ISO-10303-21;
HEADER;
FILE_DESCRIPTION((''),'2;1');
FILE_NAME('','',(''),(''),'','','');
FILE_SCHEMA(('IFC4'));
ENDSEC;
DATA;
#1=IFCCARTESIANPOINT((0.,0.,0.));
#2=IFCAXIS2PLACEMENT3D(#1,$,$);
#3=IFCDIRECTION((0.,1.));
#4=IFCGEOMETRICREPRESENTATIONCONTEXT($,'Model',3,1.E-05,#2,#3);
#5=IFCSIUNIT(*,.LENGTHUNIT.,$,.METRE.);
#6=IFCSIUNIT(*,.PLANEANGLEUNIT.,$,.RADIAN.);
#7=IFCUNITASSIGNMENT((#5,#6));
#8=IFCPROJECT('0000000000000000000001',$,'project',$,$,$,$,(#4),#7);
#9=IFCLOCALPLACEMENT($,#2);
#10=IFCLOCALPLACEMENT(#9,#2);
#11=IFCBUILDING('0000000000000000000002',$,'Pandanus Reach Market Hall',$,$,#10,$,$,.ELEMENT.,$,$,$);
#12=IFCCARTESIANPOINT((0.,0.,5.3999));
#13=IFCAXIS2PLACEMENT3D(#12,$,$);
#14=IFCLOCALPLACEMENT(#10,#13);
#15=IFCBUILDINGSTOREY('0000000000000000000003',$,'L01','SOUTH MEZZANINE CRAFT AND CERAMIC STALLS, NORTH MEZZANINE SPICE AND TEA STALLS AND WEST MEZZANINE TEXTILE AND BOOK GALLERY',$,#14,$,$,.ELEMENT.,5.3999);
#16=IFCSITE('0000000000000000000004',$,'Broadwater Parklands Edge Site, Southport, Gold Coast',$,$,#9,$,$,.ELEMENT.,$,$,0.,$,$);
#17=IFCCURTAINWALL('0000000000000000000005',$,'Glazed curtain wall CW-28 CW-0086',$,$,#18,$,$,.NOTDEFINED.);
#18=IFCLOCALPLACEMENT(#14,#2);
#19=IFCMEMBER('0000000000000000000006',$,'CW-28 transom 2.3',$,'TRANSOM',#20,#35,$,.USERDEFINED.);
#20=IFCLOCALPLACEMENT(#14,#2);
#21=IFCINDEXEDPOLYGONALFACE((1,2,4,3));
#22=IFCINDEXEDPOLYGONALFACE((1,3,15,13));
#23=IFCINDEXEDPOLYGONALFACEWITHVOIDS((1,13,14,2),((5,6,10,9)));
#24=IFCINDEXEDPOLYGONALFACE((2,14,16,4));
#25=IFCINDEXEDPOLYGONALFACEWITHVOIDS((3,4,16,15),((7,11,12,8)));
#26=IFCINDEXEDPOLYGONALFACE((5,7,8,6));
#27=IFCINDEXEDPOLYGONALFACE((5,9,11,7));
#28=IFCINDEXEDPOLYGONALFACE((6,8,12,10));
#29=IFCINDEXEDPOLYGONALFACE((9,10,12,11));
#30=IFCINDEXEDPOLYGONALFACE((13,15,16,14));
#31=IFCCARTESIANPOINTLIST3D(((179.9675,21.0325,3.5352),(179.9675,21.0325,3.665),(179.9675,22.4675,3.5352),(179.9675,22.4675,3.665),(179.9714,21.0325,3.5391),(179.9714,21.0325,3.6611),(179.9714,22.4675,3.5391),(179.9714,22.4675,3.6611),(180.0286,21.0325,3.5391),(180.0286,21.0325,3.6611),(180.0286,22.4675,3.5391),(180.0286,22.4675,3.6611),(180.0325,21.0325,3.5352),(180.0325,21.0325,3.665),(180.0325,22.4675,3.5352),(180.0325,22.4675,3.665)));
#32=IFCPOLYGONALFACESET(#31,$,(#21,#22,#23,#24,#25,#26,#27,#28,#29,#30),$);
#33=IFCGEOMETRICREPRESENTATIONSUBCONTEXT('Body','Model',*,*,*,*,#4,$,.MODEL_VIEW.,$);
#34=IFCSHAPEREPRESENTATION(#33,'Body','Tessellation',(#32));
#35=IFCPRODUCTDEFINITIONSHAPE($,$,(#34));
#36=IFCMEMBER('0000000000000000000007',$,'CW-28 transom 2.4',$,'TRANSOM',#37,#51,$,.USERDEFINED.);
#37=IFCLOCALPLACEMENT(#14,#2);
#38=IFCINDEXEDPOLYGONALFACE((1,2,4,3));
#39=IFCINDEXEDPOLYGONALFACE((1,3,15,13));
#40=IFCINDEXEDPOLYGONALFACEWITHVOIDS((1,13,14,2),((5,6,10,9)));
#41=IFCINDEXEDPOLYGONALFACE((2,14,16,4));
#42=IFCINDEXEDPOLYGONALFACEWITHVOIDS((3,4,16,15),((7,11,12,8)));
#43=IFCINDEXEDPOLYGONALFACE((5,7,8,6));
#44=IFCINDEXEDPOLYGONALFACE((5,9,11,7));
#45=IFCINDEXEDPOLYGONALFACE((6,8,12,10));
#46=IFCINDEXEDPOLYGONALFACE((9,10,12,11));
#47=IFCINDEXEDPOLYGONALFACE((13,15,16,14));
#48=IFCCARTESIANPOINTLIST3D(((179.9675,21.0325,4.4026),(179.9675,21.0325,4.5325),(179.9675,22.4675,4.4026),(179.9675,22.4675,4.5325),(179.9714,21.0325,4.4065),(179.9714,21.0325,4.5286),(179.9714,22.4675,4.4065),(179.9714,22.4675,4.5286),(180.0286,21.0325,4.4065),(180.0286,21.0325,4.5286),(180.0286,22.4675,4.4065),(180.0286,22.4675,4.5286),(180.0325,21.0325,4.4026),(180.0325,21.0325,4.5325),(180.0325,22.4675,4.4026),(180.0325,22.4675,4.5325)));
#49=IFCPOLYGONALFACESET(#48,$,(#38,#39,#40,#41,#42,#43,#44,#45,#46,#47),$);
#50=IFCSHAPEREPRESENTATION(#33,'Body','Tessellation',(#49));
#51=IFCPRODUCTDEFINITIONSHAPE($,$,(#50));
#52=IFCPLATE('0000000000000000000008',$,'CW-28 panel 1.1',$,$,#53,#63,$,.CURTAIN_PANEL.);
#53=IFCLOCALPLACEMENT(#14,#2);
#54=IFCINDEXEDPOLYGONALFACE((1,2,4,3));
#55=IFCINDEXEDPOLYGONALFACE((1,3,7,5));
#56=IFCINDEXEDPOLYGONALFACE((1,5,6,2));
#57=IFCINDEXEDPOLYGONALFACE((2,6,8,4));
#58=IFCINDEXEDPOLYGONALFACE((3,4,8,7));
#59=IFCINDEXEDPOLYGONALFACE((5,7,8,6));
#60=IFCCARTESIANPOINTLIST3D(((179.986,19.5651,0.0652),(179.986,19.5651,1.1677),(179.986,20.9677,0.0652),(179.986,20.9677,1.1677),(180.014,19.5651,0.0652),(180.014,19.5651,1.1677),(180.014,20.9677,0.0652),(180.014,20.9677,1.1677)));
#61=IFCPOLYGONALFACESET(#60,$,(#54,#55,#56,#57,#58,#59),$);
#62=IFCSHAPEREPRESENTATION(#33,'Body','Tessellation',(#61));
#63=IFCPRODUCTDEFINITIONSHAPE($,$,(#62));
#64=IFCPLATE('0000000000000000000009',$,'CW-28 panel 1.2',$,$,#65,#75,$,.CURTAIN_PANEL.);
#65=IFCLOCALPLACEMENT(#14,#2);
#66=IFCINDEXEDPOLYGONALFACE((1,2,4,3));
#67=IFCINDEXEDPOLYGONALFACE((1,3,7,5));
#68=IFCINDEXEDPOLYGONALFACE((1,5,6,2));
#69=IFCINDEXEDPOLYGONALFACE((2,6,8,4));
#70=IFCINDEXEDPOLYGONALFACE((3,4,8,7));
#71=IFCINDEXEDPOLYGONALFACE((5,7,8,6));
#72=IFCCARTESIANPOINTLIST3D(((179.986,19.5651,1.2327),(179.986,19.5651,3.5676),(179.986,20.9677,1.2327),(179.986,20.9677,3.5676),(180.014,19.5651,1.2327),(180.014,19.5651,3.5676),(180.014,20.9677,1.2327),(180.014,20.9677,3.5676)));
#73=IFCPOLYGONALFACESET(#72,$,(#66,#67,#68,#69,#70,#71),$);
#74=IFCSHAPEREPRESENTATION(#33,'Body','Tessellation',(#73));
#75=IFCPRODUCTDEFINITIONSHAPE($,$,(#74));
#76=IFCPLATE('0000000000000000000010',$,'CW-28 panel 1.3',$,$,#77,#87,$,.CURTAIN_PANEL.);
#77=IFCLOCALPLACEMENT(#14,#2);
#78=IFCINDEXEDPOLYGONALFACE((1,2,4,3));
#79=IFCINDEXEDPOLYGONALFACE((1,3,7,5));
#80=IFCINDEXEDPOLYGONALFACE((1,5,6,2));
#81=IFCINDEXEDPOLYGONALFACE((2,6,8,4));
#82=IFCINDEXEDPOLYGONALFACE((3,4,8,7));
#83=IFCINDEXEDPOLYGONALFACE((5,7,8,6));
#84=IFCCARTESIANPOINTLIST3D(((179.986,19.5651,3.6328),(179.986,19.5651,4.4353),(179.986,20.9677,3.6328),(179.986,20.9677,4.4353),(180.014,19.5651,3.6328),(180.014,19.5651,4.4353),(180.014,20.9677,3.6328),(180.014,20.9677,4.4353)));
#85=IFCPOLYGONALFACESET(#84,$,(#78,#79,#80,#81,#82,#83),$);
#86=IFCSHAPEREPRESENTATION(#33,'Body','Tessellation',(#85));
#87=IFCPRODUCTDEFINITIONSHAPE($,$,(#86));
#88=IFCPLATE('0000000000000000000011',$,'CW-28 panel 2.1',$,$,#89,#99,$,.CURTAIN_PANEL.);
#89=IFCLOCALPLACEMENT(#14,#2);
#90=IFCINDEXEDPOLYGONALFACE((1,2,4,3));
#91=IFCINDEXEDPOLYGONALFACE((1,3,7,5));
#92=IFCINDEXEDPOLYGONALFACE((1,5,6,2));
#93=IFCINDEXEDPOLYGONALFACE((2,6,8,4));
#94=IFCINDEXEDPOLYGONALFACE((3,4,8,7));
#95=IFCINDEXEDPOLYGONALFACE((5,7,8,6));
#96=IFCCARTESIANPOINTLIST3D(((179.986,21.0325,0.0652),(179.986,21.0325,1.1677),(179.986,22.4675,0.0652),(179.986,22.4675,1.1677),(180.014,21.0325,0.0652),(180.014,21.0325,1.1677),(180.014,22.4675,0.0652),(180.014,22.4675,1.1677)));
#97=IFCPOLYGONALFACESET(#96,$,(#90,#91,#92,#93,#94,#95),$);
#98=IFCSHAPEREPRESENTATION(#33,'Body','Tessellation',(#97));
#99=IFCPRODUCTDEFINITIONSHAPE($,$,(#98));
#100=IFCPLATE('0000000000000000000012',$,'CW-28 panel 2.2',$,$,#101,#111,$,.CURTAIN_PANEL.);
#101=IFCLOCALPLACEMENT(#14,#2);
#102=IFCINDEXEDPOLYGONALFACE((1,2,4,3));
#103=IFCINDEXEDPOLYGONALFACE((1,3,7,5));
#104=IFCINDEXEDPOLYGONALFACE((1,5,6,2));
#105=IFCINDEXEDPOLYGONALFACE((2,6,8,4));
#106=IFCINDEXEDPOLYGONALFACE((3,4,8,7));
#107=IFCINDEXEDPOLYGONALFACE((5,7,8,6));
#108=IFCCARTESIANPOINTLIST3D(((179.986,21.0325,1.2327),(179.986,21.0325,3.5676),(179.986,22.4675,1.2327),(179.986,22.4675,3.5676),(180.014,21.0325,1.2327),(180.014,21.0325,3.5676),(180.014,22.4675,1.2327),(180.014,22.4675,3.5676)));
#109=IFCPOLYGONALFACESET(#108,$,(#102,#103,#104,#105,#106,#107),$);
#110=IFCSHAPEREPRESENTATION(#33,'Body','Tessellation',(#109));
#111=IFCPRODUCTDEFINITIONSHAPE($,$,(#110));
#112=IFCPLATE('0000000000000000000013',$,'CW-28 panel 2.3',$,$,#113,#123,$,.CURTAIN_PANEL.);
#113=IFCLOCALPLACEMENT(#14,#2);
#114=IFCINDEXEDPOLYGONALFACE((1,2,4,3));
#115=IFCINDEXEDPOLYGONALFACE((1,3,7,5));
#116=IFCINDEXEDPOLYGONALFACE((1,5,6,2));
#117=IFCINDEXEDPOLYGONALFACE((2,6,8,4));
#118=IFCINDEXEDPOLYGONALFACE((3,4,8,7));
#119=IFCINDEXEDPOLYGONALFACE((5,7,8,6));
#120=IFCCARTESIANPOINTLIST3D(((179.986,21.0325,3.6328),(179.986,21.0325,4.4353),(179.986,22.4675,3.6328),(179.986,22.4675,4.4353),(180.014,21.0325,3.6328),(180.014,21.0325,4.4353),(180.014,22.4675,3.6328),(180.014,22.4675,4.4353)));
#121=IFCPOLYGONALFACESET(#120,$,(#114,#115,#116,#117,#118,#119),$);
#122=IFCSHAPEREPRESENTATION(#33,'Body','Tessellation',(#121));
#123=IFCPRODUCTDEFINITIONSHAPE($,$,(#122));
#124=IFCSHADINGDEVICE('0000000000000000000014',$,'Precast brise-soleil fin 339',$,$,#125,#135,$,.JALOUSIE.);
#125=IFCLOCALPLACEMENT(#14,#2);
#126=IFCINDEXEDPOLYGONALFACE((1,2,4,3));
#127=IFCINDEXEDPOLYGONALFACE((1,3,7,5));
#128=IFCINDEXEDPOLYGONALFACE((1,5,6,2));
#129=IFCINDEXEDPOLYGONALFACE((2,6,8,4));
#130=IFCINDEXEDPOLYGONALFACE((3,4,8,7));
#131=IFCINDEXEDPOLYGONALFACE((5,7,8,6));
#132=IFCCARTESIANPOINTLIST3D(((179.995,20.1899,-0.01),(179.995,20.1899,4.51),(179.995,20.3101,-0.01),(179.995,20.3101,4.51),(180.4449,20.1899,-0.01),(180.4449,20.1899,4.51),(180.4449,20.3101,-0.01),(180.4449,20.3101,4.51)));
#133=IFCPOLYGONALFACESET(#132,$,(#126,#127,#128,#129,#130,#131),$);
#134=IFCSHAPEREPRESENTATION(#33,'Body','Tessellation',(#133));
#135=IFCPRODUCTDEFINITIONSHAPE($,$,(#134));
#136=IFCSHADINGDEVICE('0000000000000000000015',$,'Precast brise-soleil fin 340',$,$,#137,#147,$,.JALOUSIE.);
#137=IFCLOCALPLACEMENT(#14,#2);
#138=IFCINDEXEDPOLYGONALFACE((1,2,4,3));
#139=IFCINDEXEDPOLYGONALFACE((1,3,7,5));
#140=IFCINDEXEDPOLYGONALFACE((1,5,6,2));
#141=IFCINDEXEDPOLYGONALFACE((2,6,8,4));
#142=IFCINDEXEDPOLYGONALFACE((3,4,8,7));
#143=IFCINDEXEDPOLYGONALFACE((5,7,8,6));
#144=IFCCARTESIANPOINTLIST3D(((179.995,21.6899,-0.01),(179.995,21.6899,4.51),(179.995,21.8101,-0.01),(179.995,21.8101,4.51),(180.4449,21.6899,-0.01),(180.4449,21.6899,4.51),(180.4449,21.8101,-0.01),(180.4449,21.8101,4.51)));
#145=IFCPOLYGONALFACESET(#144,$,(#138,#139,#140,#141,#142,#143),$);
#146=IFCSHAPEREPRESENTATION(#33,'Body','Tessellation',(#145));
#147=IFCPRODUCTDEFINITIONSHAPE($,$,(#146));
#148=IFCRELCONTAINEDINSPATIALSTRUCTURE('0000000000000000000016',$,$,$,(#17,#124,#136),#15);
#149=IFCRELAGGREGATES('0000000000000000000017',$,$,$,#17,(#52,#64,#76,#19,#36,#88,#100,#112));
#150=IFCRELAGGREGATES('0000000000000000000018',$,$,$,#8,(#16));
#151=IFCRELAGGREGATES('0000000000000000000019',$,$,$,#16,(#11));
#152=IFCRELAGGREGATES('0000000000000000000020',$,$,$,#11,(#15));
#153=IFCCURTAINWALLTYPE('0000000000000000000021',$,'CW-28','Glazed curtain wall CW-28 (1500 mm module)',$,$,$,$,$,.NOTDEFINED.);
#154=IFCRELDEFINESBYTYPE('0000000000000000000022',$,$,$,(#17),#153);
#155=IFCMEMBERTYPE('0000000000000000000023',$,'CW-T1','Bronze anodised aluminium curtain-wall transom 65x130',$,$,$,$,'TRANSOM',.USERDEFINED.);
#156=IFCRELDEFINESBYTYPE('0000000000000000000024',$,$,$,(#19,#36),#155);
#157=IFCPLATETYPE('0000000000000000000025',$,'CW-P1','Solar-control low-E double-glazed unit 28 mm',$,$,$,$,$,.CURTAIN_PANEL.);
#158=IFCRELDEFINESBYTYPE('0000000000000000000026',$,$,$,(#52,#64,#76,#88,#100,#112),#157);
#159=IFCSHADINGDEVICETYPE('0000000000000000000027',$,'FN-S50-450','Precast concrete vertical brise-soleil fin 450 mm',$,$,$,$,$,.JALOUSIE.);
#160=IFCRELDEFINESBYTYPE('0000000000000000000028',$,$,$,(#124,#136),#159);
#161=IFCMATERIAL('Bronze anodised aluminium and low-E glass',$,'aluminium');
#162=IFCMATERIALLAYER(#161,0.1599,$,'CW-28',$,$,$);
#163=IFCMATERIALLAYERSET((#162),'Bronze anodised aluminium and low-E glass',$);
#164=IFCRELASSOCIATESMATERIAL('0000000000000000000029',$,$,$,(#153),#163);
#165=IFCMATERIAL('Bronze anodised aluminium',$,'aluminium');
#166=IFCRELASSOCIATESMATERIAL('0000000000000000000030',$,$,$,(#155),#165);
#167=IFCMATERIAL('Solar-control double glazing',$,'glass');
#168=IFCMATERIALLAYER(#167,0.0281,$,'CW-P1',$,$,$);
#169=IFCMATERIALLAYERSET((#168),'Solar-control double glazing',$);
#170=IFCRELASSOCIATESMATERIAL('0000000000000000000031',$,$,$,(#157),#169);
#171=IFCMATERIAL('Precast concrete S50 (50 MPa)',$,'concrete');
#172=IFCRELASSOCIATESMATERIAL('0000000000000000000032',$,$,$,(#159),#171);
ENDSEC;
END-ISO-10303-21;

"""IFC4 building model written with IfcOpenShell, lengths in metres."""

from ifc_helpers import new_model, si_unit, direction, frame, origin, origin_2d, place, context, subcontext, project, spatial, rectangle, hollow_rectangle, extrude, material, layer, layer_set, material_profile, profile_set, type_object, element, aggregate, save


model = new_model("IFC4")

# Units and contexts
model_context = context("Model", 3, precision=1e-05, world=origin(), true_north=direction((0.0, 1.0)))
body_context = subcontext(model_context, "Body", "Model", "MODEL_VIEW")
ifc_project = project(units=[si_unit("LENGTHUNIT", "METRE"), si_unit("PLANEANGLEUNIT", "RADIAN")], contexts=[model_context])

# Site, building, storey
site_placement = place(None, origin())
site = spatial("IfcSite", under=ifc_project, at=site_placement, Name="Broadwater Parklands Edge Site, Southport, Gold Coast", CompositionType="ELEMENT", RefElevation=0.0)
building_placement = place(site_placement, origin())
building = spatial("IfcBuilding", under=site, at=building_placement, Name="Pandanus Reach Market Hall", CompositionType="ELEMENT")
storey_placement = place(building_placement, frame((0.0, 0.0, 5.3999)))
storey = spatial("IfcBuildingStorey", under=building, at=storey_placement, Name="L01", Description="SOUTH MEZZANINE CRAFT AND CERAMIC STALLS, NORTH MEZZANINE SPICE AND TEA STALLS AND WEST MEZZANINE TEXTILE AND BOOK GALLERY", CompositionType="ELEMENT", Elevation=5.3999)

# Shared definitions
ifc_material_1 = material(Name="Bronze anodised aluminium and low-E glass", Category="aluminium")
ifc_layer_1 = layer(ifc_material_1, 0.1599, Name="CW-28")
ifc_layer_set_1 = layer_set([ifc_layer_1], Name="Bronze anodised aluminium and low-E glass")
curtain_wall_type = type_object("IfcCurtainWallType", Name="CW-28", Description="Glazed curtain wall CW-28 (1500 mm module)", PredefinedType="NOTDEFINED", material=ifc_layer_set_1)
ifc_material_2 = material(Name="Bronze anodised aluminium", Category="aluminium")

# Curtain wall, members, plates
curtain_wall_1_placement = place(storey_placement, origin())
curtain_wall_1 = element("IfcCurtainWall", 1, at=curtain_wall_1_placement, inside=storey, type_object=curtain_wall_type, Name="Glazed curtain wall CW-28 CW-0086", PredefinedType="NOTDEFINED")
ifc_material_profile_1 = material_profile(ifc_material_2, hollow_rectangle(XDim=0.0649, YDim=0.1299, WallThickness=0.0039, at=origin_2d()), Name="ALU65x130", Category="LoadBearing")
ifc_profile_set_1 = profile_set([ifc_material_profile_1], Name="Bronze anodised aluminium")
member_type_1 = type_object("IfcMemberType", Name="CW-T1", Description="Bronze anodised aluminium curtain-wall transom 65x130", ElementType="TRANSOM", PredefinedType="USERDEFINED", material=ifc_profile_set_1)
member_1_placement = place(storey_placement, frame((180.0, 21.0325, 3.6001), z_axis=(0.0, 1.0, 0.0), x_axis=(-1.0, 0.0, 0.0)))
member_1 = element("IfcMember", 2, at=member_1_placement, type_object=member_type_1, Name="CW-28 transom 2.3", ObjectType="TRANSOM", PredefinedType="USERDEFINED", context=body_context, shape_type="SweptSolid", body=[
    extrude(hollow_rectangle(XDim=0.0649, YDim=0.1299, WallThickness=0.0039, at=origin_2d()), origin(), (0.0, 0.0, 1.0), 1.4351),
])
member_2_placement = place(storey_placement, frame((180.0, 21.0325, 4.4675), z_axis=(0.0, 1.0, 0.0), x_axis=(-1.0, 0.0, 0.0)))
member_2 = element("IfcMember", 3, at=member_2_placement, type_object=member_type_1, Name="CW-28 transom 2.4", ObjectType="TRANSOM", PredefinedType="USERDEFINED", context=body_context, shape_type="SweptSolid", body=[
    extrude(hollow_rectangle(XDim=0.0649, YDim=0.1299, WallThickness=0.0039, at=origin_2d()), origin(), (0.0, 0.0, 1.0), 1.4351),
])
ifc_material_3 = material(Name="Solar-control double glazing", Category="glass")
ifc_layer_2 = layer(ifc_material_3, 0.0281, Name="CW-P1")
ifc_layer_set_2 = layer_set([ifc_layer_2], Name="Solar-control double glazing")
plate_type = type_object("IfcPlateType", Name="CW-P1", Description="Solar-control low-E double-glazed unit 28 mm", PredefinedType="CURTAIN_PANEL", material=ifc_layer_set_2)
plate_1_placement = place(storey_placement, frame((180.0, 20.2664, 0.0652), z_axis=(0.0, 0.0, 1.0), x_axis=(0.0, 1.0, 0.0)))
plate_1 = element("IfcPlate", 4, at=plate_1_placement, type_object=plate_type, Name="CW-28 panel 1.1", PredefinedType="CURTAIN_PANEL", context=body_context, shape_type="SweptSolid", body=[
    extrude(rectangle(XDim=1.4026, YDim=0.0281, at=origin_2d()), origin(), (0.0, 0.0, 1.0), 1.1025),
])
plate_2_placement = place(storey_placement, frame((180.0, 20.2664, 1.2327), z_axis=(0.0, 0.0, 1.0), x_axis=(0.0, 1.0, 0.0)))
plate_2 = element("IfcPlate", 5, at=plate_2_placement, type_object=plate_type, Name="CW-28 panel 1.2", PredefinedType="CURTAIN_PANEL", context=body_context, shape_type="SweptSolid", body=[
    extrude(rectangle(XDim=1.4026, YDim=0.0281, at=origin_2d()), origin(), (0.0, 0.0, 1.0), 2.335),
])
plate_3_placement = place(storey_placement, frame((180.0, 20.2664, 3.6328), z_axis=(0.0, 0.0, 1.0), x_axis=(0.0, 1.0, 0.0)))
plate_3 = element("IfcPlate", 6, at=plate_3_placement, type_object=plate_type, Name="CW-28 panel 1.3", PredefinedType="CURTAIN_PANEL", context=body_context, shape_type="SweptSolid", body=[
    extrude(rectangle(XDim=1.4026, YDim=0.0281, at=origin_2d()), origin(), (0.0, 0.0, 1.0), 0.8025),
])
plate_4_placement = place(storey_placement, frame((180.0, 21.75, 0.0652), z_axis=(0.0, 0.0, 1.0), x_axis=(0.0, 1.0, 0.0)))
plate_4 = element("IfcPlate", 7, at=plate_4_placement, type_object=plate_type, Name="CW-28 panel 2.1", PredefinedType="CURTAIN_PANEL", context=body_context, shape_type="SweptSolid", body=[
    extrude(rectangle(XDim=1.4351, YDim=0.0281, at=origin_2d()), origin(), (0.0, 0.0, 1.0), 1.1025),
])
plate_5_placement = place(storey_placement, frame((180.0, 21.75, 1.2327), z_axis=(0.0, 0.0, 1.0), x_axis=(0.0, 1.0, 0.0)))
plate_5 = element("IfcPlate", 8, at=plate_5_placement, type_object=plate_type, Name="CW-28 panel 2.2", PredefinedType="CURTAIN_PANEL", context=body_context, shape_type="SweptSolid", body=[
    extrude(rectangle(XDim=1.4351, YDim=0.0281, at=origin_2d()), origin(), (0.0, 0.0, 1.0), 2.335),
])
plate_6_placement = place(storey_placement, frame((180.0, 21.75, 3.6328), z_axis=(0.0, 0.0, 1.0), x_axis=(0.0, 1.0, 0.0)))
plate_6 = element("IfcPlate", 9, at=plate_6_placement, type_object=plate_type, Name="CW-28 panel 2.3", PredefinedType="CURTAIN_PANEL", context=body_context, shape_type="SweptSolid", body=[
    extrude(rectangle(XDim=1.4351, YDim=0.0281, at=origin_2d()), origin(), (0.0, 0.0, 1.0), 0.8025),
])
aggregate(curtain_wall_1, [plate_1, plate_2, plate_3, member_1, member_2, plate_4, plate_5, plate_6])

# Shading devices
ifc_material_4 = material(Name="Precast concrete S50 (50 MPa)", Category="concrete")
shading_device_type = type_object("IfcShadingDeviceType", Name="FN-S50-450", Description="Precast concrete vertical brise-soleil fin 450 mm", PredefinedType="JALOUSIE", material=ifc_material_4)
for number, where, z_axis, x_axis, name in (
    (10, (180.22, 20.25, -0.01), (0.0, 0.0, 1.0), (1.0, 0.0, 0.0), "Precast brise-soleil fin 339"),
    (11, (180.22, 21.75, -0.01), (0.0, 0.0, 1.0), (1.0, 0.0, 0.0), "Precast brise-soleil fin 340"),
):
    element("IfcShadingDevice", number, at=place(storey_placement, frame(where, z_axis=z_axis, x_axis=x_axis)), inside=storey, type_object=shading_device_type, Name=name, PredefinedType="JALOUSIE", context=body_context, shape_type="SweptSolid", body=[
        extrude(rectangle(XDim=0.45, YDim=0.1201, at=origin_2d()), origin(), (0.0, 0.0, 1.0), 4.52),
    ])

save(model, "model.ifc")
